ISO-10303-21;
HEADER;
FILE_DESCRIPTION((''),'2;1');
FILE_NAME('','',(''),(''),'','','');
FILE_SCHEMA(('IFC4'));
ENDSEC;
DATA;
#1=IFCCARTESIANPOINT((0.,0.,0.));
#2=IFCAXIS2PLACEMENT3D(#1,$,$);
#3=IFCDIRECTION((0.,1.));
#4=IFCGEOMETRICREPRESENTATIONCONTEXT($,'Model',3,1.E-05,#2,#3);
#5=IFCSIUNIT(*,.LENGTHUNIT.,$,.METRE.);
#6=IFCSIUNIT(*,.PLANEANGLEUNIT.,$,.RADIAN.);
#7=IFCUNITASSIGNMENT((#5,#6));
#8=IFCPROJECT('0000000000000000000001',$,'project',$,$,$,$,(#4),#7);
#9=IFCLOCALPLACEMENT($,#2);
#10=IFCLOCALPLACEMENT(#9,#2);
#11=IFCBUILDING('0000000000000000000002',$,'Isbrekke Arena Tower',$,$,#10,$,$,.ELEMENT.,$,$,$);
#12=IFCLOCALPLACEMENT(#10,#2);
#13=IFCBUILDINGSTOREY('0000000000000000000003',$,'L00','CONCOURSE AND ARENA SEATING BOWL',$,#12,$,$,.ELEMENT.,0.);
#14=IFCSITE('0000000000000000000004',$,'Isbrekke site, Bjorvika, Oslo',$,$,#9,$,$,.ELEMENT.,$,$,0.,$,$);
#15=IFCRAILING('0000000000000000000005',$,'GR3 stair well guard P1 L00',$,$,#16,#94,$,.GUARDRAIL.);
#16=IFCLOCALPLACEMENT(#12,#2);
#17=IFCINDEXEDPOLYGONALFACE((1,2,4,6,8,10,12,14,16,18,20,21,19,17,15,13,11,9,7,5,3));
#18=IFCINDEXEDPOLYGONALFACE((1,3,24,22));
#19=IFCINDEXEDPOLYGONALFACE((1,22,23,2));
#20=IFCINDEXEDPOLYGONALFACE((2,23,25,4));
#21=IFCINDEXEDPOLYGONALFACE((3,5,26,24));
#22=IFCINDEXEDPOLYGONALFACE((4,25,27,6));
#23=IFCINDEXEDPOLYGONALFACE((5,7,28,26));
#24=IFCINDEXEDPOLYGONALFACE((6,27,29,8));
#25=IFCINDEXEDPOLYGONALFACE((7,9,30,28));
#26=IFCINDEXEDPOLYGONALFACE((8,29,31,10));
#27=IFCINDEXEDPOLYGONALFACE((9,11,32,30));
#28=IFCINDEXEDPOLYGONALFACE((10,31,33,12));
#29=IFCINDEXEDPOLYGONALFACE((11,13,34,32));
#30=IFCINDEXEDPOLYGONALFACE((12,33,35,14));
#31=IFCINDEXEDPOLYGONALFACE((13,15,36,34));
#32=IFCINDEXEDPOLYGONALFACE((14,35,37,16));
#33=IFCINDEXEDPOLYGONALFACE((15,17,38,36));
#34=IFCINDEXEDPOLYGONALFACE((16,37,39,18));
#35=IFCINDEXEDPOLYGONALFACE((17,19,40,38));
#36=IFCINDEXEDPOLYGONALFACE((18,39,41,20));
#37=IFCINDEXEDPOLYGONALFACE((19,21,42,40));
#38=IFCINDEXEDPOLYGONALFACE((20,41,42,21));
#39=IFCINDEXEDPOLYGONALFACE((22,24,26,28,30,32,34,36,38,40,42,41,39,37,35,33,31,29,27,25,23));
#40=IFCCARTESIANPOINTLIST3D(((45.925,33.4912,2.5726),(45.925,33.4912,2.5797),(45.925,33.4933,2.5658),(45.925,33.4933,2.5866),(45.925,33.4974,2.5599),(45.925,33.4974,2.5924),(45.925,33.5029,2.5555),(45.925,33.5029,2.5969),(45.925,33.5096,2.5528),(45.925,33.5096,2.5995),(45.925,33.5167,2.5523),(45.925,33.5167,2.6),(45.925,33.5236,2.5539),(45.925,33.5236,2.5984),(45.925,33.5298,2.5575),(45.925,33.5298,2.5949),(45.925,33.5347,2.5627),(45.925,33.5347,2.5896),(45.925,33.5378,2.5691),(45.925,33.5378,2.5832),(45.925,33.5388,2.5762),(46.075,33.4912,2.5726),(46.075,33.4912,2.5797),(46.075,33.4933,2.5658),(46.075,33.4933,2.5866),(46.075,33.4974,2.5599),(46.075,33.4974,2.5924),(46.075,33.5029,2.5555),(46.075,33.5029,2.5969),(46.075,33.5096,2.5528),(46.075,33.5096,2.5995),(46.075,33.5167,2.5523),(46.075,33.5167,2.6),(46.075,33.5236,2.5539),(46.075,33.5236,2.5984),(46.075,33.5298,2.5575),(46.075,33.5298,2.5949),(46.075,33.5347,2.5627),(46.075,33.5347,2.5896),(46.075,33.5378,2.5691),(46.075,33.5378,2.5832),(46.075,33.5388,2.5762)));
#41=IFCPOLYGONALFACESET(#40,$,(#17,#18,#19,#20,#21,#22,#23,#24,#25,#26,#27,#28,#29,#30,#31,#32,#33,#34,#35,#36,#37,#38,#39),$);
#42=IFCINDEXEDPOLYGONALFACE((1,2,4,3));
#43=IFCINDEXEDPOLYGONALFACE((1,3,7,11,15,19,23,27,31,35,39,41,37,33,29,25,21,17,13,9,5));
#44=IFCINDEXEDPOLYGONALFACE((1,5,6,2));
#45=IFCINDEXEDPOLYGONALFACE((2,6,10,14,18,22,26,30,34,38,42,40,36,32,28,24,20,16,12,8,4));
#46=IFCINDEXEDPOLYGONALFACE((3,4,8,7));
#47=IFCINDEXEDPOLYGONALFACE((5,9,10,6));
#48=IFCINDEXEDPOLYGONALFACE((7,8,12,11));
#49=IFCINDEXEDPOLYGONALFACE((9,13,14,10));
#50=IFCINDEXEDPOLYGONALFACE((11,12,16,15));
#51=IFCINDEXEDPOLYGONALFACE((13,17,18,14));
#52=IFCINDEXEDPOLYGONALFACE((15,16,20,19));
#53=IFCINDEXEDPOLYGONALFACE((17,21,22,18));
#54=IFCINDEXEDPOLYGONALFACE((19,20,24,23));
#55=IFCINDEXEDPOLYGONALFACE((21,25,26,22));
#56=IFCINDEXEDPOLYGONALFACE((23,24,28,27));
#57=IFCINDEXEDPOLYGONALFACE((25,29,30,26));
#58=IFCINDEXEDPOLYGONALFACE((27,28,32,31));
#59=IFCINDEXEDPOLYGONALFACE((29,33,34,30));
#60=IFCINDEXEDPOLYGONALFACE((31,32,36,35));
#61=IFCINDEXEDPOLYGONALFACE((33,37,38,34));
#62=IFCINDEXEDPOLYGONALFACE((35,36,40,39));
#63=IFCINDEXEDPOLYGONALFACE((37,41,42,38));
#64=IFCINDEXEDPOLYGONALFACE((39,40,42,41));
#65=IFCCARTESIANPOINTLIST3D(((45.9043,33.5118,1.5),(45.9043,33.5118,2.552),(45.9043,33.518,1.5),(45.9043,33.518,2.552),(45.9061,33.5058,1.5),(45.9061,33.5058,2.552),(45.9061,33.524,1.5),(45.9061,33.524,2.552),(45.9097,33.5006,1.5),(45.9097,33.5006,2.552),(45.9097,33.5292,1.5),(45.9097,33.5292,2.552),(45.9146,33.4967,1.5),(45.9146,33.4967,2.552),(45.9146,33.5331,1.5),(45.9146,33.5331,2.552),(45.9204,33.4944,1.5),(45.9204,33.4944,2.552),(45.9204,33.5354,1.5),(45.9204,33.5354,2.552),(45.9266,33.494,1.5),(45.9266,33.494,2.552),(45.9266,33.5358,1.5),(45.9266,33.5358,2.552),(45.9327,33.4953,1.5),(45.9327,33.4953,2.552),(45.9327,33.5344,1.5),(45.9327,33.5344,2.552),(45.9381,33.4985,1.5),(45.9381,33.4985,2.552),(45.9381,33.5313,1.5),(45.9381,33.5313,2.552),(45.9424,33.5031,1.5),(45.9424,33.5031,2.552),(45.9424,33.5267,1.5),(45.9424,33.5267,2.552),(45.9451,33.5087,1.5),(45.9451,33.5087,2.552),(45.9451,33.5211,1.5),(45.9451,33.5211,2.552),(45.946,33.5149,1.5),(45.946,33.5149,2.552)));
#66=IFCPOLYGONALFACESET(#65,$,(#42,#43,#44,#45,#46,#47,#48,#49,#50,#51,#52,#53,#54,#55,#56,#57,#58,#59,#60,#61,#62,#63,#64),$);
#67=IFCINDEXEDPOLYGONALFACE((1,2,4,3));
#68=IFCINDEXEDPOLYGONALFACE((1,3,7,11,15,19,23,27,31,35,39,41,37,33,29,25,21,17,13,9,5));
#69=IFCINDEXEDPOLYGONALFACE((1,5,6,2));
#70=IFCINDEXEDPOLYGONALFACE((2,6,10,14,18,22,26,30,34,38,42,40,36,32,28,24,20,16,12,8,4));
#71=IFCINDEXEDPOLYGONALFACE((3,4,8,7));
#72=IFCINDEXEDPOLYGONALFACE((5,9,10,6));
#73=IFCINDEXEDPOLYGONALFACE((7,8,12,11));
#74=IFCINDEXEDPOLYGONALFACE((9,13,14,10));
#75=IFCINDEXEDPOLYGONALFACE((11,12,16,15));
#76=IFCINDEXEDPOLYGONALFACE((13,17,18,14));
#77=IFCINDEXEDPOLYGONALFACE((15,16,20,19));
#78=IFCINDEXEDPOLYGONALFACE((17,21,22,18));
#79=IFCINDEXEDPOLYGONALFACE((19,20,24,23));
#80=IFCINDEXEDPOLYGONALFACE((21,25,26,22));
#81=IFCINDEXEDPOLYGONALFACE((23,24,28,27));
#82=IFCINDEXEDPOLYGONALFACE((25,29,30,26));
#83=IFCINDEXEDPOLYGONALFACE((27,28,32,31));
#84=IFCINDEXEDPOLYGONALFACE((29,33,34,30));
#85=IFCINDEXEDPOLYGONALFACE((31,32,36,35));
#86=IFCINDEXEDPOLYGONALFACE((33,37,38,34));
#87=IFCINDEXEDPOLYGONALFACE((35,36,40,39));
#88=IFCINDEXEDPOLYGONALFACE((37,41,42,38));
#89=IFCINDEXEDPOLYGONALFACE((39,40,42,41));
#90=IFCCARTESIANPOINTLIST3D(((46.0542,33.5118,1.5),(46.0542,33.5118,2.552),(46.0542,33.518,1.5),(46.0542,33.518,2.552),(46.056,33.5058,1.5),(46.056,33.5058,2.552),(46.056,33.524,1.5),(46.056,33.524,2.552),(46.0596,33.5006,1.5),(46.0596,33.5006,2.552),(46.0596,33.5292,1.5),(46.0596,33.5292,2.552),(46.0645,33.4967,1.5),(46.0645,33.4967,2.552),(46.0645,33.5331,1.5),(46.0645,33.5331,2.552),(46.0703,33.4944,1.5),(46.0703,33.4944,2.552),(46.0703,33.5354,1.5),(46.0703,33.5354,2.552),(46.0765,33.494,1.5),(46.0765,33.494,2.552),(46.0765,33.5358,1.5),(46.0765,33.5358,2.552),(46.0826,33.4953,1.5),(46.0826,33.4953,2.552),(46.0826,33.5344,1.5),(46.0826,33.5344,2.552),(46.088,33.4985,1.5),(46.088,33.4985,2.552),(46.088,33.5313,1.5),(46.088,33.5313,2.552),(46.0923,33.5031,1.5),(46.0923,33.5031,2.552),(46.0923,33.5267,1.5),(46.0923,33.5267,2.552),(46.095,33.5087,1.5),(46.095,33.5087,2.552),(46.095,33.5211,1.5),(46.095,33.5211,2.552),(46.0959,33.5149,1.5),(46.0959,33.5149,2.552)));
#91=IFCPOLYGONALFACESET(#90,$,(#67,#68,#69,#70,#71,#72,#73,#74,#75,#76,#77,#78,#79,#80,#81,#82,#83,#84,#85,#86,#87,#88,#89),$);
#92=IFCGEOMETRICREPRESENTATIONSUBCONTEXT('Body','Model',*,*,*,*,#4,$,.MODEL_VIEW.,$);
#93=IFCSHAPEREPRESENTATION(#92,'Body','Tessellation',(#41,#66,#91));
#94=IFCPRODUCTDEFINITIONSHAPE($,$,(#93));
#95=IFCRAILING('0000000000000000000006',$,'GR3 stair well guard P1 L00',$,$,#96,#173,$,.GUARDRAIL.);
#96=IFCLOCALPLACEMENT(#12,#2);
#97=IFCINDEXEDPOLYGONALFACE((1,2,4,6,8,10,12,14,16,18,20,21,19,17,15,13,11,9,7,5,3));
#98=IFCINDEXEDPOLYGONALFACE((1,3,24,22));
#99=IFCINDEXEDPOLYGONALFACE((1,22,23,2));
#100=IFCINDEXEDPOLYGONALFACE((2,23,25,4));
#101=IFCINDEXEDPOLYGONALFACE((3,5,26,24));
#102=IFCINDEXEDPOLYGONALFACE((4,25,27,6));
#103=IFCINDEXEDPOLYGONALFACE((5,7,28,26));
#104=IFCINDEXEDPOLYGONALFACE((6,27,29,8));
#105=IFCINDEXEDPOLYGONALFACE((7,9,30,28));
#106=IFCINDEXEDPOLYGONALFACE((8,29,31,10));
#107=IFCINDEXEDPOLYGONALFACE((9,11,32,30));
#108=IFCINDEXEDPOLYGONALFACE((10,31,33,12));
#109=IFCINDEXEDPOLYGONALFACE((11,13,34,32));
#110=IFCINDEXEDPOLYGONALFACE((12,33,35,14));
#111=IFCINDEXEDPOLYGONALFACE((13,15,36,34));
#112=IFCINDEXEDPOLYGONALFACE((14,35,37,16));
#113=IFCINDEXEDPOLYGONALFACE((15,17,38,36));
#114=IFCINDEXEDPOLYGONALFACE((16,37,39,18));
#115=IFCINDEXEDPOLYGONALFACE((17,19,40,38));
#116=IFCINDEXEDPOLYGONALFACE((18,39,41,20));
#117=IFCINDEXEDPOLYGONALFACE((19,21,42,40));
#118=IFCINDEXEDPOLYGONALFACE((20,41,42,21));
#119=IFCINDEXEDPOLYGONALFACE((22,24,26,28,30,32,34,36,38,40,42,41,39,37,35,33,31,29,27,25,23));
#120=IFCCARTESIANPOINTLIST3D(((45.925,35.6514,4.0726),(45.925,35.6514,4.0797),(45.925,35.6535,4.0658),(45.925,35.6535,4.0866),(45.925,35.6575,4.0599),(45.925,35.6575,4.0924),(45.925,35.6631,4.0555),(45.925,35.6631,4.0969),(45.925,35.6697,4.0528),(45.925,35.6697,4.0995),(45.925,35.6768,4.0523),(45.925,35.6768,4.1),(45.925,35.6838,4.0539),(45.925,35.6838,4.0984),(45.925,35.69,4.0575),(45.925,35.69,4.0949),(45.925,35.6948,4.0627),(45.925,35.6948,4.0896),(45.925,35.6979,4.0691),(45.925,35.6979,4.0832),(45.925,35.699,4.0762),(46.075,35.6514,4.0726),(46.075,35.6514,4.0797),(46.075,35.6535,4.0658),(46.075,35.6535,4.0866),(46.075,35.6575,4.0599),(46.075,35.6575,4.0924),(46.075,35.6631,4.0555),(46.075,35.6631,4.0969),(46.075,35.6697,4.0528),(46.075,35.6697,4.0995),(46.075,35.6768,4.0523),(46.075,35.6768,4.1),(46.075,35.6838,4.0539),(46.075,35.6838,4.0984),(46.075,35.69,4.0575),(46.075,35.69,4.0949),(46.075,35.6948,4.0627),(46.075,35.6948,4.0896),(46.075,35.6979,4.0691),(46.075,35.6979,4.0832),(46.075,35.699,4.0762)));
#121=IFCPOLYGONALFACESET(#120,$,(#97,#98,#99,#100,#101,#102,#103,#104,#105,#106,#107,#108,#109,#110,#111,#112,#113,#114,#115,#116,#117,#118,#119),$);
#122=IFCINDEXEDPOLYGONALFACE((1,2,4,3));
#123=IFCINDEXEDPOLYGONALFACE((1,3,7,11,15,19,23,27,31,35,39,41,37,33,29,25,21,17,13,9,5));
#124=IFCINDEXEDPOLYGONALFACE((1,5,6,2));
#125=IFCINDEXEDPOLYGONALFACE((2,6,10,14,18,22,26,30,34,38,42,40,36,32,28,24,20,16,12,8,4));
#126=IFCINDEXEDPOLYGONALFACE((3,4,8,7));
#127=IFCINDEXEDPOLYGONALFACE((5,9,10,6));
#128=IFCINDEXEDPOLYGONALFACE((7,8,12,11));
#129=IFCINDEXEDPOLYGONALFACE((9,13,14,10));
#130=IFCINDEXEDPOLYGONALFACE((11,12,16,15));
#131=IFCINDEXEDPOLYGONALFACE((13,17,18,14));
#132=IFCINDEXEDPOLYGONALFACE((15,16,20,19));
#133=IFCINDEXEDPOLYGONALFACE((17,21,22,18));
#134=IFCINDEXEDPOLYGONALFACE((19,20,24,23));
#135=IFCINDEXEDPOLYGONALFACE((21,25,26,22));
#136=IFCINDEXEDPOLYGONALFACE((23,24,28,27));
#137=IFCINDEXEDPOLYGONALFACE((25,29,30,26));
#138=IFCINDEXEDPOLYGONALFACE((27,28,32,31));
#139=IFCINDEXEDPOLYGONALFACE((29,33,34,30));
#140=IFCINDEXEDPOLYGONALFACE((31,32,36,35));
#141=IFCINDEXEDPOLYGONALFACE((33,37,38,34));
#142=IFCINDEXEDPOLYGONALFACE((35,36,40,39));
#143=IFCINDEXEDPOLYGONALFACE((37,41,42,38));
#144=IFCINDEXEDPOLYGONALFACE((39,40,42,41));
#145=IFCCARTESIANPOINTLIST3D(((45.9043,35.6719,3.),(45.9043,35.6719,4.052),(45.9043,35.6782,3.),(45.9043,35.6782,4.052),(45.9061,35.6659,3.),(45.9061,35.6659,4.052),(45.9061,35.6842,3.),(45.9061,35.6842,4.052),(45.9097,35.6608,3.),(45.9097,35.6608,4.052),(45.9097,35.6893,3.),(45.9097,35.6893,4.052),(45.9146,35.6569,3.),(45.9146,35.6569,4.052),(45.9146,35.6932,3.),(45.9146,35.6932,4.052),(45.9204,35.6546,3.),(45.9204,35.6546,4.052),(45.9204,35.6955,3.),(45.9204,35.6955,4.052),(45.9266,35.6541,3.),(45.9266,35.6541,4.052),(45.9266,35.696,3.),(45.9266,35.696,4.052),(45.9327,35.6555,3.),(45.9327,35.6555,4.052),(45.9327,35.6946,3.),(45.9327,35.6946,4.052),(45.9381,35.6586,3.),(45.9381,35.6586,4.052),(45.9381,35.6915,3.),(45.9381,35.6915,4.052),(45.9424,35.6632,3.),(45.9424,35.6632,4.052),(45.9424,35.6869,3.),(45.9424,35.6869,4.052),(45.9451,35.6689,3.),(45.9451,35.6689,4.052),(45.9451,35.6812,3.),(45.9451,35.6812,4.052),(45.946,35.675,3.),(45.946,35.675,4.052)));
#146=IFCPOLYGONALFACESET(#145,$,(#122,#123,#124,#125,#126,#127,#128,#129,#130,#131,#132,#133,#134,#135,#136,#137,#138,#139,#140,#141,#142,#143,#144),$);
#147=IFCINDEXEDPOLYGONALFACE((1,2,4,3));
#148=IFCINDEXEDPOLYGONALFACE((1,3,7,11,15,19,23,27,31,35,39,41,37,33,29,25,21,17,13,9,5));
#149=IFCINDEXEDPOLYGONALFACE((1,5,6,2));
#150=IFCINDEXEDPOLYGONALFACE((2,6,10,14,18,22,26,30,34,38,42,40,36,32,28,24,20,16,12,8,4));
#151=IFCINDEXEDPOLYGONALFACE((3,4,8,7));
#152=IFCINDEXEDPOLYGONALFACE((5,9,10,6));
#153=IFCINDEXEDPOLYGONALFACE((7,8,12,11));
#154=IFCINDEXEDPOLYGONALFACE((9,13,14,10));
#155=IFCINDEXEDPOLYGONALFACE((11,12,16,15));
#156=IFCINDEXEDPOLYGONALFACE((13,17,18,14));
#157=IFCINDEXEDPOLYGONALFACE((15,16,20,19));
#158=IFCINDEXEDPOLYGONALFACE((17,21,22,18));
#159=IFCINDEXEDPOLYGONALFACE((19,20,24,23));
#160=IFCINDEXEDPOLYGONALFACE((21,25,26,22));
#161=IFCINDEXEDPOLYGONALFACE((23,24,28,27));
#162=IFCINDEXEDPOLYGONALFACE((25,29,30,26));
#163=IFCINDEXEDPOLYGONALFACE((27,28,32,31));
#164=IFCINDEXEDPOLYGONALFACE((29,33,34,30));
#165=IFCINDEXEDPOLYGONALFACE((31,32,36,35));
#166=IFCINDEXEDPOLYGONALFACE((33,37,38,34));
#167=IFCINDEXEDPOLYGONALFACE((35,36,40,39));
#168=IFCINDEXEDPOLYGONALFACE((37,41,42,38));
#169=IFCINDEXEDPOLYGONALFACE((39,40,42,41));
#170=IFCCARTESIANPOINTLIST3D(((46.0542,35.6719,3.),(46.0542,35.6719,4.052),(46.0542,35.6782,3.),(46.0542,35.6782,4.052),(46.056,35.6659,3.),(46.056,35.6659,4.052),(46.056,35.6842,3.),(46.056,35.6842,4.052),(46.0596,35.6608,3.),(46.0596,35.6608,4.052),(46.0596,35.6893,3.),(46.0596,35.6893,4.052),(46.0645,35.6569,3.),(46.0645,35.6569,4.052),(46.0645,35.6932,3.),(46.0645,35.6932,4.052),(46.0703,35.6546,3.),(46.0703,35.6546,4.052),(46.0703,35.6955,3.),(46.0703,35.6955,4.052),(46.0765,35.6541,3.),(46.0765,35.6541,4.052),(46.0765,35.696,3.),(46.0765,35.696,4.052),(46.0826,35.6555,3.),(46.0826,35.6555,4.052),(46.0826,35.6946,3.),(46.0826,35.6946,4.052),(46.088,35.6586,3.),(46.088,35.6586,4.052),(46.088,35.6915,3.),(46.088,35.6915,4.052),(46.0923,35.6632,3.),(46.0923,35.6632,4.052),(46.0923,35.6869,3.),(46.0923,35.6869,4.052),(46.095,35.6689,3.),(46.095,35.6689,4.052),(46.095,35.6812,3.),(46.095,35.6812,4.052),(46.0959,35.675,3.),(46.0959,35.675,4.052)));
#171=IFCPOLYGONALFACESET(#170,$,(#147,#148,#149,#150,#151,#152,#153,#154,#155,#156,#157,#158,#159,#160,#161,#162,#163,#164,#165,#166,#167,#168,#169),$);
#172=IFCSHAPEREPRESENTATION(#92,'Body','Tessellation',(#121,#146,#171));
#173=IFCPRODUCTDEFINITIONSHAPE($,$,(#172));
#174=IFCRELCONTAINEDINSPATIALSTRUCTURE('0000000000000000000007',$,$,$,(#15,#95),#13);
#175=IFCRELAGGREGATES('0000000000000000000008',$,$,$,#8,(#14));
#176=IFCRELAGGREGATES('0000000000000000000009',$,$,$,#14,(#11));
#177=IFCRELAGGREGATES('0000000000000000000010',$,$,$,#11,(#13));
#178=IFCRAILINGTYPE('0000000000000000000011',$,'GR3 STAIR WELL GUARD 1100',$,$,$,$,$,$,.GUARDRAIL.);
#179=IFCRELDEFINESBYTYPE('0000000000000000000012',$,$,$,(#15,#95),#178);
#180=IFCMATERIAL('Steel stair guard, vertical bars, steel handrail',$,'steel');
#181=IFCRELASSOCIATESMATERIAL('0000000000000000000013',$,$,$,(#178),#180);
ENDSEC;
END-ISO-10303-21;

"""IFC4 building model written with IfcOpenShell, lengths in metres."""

from ifc_helpers import new_model, si_unit, direction, frame, origin, origin_2d, place, context, subcontext, project, spatial, circle, extrude, material, type_object, element, save


model = new_model("IFC4")

# Units and contexts
model_context = context("Model", 3, precision=1e-05, world=origin(), true_north=direction((0.0, 1.0)))
body_context = subcontext(model_context, "Body", "Model", "MODEL_VIEW")
ifc_project = project(units=[si_unit("LENGTHUNIT", "METRE"), si_unit("PLANEANGLEUNIT", "RADIAN")], contexts=[model_context])

# Site, building, storey
site_placement = place(None, origin())
site = spatial("IfcSite", under=ifc_project, at=site_placement, Name="Isbrekke site, Bjorvika, Oslo", CompositionType="ELEMENT", RefElevation=0.0)
building_placement = place(site_placement, origin())
building = spatial("IfcBuilding", under=site, at=building_placement, Name="Isbrekke Arena Tower", CompositionType="ELEMENT")
storey_placement = place(building_placement, origin())
storey = spatial("IfcBuildingStorey", under=building, at=storey_placement, Name="L00", Description="CONCOURSE AND ARENA SEATING BOWL", CompositionType="ELEMENT", Elevation=0.0)

# Railings
ifc_material_1 = material(Name="Steel stair guard, vertical bars, steel handrail", Category="steel")
railing_type = type_object("IfcRailingType", Name="GR3 STAIR WELL GUARD 1100", PredefinedType="GUARDRAIL", material=ifc_material_1)
for number, where, name in (
    (1, (45.925, 33.5149, 1.5), "GR3 stair well guard P1 L00"),
    (2, (45.925, 35.675, 3.0), "GR3 stair well guard P1 L00"),
):
    element("IfcRailing", number, at=place(storey_placement, frame(where)), inside=storey, type_object=railing_type, Name=name, PredefinedType="GUARDRAIL", context=body_context, shape_type="SweptSolid", body=[
        extrude(circle(Radius=0.0239, at=origin_2d()), frame((0.0, 0.0, 1.0762), z_axis=(1.0, 0.0, 0.0), x_axis=(0.0, 1.0, 0.0)), (0.0, 0.0, 1.0), 0.1499),
        extrude(circle(Radius=0.021, at=origin_2d()), origin(), (0.0, 0.0, 1.0), 1.052),
        extrude(circle(Radius=0.021, at=origin_2d()), frame((0.1499, 0.0, 0.0)), (0.0, 0.0, 1.0), 1.052),
    ])

save(model, "model.ifc")
